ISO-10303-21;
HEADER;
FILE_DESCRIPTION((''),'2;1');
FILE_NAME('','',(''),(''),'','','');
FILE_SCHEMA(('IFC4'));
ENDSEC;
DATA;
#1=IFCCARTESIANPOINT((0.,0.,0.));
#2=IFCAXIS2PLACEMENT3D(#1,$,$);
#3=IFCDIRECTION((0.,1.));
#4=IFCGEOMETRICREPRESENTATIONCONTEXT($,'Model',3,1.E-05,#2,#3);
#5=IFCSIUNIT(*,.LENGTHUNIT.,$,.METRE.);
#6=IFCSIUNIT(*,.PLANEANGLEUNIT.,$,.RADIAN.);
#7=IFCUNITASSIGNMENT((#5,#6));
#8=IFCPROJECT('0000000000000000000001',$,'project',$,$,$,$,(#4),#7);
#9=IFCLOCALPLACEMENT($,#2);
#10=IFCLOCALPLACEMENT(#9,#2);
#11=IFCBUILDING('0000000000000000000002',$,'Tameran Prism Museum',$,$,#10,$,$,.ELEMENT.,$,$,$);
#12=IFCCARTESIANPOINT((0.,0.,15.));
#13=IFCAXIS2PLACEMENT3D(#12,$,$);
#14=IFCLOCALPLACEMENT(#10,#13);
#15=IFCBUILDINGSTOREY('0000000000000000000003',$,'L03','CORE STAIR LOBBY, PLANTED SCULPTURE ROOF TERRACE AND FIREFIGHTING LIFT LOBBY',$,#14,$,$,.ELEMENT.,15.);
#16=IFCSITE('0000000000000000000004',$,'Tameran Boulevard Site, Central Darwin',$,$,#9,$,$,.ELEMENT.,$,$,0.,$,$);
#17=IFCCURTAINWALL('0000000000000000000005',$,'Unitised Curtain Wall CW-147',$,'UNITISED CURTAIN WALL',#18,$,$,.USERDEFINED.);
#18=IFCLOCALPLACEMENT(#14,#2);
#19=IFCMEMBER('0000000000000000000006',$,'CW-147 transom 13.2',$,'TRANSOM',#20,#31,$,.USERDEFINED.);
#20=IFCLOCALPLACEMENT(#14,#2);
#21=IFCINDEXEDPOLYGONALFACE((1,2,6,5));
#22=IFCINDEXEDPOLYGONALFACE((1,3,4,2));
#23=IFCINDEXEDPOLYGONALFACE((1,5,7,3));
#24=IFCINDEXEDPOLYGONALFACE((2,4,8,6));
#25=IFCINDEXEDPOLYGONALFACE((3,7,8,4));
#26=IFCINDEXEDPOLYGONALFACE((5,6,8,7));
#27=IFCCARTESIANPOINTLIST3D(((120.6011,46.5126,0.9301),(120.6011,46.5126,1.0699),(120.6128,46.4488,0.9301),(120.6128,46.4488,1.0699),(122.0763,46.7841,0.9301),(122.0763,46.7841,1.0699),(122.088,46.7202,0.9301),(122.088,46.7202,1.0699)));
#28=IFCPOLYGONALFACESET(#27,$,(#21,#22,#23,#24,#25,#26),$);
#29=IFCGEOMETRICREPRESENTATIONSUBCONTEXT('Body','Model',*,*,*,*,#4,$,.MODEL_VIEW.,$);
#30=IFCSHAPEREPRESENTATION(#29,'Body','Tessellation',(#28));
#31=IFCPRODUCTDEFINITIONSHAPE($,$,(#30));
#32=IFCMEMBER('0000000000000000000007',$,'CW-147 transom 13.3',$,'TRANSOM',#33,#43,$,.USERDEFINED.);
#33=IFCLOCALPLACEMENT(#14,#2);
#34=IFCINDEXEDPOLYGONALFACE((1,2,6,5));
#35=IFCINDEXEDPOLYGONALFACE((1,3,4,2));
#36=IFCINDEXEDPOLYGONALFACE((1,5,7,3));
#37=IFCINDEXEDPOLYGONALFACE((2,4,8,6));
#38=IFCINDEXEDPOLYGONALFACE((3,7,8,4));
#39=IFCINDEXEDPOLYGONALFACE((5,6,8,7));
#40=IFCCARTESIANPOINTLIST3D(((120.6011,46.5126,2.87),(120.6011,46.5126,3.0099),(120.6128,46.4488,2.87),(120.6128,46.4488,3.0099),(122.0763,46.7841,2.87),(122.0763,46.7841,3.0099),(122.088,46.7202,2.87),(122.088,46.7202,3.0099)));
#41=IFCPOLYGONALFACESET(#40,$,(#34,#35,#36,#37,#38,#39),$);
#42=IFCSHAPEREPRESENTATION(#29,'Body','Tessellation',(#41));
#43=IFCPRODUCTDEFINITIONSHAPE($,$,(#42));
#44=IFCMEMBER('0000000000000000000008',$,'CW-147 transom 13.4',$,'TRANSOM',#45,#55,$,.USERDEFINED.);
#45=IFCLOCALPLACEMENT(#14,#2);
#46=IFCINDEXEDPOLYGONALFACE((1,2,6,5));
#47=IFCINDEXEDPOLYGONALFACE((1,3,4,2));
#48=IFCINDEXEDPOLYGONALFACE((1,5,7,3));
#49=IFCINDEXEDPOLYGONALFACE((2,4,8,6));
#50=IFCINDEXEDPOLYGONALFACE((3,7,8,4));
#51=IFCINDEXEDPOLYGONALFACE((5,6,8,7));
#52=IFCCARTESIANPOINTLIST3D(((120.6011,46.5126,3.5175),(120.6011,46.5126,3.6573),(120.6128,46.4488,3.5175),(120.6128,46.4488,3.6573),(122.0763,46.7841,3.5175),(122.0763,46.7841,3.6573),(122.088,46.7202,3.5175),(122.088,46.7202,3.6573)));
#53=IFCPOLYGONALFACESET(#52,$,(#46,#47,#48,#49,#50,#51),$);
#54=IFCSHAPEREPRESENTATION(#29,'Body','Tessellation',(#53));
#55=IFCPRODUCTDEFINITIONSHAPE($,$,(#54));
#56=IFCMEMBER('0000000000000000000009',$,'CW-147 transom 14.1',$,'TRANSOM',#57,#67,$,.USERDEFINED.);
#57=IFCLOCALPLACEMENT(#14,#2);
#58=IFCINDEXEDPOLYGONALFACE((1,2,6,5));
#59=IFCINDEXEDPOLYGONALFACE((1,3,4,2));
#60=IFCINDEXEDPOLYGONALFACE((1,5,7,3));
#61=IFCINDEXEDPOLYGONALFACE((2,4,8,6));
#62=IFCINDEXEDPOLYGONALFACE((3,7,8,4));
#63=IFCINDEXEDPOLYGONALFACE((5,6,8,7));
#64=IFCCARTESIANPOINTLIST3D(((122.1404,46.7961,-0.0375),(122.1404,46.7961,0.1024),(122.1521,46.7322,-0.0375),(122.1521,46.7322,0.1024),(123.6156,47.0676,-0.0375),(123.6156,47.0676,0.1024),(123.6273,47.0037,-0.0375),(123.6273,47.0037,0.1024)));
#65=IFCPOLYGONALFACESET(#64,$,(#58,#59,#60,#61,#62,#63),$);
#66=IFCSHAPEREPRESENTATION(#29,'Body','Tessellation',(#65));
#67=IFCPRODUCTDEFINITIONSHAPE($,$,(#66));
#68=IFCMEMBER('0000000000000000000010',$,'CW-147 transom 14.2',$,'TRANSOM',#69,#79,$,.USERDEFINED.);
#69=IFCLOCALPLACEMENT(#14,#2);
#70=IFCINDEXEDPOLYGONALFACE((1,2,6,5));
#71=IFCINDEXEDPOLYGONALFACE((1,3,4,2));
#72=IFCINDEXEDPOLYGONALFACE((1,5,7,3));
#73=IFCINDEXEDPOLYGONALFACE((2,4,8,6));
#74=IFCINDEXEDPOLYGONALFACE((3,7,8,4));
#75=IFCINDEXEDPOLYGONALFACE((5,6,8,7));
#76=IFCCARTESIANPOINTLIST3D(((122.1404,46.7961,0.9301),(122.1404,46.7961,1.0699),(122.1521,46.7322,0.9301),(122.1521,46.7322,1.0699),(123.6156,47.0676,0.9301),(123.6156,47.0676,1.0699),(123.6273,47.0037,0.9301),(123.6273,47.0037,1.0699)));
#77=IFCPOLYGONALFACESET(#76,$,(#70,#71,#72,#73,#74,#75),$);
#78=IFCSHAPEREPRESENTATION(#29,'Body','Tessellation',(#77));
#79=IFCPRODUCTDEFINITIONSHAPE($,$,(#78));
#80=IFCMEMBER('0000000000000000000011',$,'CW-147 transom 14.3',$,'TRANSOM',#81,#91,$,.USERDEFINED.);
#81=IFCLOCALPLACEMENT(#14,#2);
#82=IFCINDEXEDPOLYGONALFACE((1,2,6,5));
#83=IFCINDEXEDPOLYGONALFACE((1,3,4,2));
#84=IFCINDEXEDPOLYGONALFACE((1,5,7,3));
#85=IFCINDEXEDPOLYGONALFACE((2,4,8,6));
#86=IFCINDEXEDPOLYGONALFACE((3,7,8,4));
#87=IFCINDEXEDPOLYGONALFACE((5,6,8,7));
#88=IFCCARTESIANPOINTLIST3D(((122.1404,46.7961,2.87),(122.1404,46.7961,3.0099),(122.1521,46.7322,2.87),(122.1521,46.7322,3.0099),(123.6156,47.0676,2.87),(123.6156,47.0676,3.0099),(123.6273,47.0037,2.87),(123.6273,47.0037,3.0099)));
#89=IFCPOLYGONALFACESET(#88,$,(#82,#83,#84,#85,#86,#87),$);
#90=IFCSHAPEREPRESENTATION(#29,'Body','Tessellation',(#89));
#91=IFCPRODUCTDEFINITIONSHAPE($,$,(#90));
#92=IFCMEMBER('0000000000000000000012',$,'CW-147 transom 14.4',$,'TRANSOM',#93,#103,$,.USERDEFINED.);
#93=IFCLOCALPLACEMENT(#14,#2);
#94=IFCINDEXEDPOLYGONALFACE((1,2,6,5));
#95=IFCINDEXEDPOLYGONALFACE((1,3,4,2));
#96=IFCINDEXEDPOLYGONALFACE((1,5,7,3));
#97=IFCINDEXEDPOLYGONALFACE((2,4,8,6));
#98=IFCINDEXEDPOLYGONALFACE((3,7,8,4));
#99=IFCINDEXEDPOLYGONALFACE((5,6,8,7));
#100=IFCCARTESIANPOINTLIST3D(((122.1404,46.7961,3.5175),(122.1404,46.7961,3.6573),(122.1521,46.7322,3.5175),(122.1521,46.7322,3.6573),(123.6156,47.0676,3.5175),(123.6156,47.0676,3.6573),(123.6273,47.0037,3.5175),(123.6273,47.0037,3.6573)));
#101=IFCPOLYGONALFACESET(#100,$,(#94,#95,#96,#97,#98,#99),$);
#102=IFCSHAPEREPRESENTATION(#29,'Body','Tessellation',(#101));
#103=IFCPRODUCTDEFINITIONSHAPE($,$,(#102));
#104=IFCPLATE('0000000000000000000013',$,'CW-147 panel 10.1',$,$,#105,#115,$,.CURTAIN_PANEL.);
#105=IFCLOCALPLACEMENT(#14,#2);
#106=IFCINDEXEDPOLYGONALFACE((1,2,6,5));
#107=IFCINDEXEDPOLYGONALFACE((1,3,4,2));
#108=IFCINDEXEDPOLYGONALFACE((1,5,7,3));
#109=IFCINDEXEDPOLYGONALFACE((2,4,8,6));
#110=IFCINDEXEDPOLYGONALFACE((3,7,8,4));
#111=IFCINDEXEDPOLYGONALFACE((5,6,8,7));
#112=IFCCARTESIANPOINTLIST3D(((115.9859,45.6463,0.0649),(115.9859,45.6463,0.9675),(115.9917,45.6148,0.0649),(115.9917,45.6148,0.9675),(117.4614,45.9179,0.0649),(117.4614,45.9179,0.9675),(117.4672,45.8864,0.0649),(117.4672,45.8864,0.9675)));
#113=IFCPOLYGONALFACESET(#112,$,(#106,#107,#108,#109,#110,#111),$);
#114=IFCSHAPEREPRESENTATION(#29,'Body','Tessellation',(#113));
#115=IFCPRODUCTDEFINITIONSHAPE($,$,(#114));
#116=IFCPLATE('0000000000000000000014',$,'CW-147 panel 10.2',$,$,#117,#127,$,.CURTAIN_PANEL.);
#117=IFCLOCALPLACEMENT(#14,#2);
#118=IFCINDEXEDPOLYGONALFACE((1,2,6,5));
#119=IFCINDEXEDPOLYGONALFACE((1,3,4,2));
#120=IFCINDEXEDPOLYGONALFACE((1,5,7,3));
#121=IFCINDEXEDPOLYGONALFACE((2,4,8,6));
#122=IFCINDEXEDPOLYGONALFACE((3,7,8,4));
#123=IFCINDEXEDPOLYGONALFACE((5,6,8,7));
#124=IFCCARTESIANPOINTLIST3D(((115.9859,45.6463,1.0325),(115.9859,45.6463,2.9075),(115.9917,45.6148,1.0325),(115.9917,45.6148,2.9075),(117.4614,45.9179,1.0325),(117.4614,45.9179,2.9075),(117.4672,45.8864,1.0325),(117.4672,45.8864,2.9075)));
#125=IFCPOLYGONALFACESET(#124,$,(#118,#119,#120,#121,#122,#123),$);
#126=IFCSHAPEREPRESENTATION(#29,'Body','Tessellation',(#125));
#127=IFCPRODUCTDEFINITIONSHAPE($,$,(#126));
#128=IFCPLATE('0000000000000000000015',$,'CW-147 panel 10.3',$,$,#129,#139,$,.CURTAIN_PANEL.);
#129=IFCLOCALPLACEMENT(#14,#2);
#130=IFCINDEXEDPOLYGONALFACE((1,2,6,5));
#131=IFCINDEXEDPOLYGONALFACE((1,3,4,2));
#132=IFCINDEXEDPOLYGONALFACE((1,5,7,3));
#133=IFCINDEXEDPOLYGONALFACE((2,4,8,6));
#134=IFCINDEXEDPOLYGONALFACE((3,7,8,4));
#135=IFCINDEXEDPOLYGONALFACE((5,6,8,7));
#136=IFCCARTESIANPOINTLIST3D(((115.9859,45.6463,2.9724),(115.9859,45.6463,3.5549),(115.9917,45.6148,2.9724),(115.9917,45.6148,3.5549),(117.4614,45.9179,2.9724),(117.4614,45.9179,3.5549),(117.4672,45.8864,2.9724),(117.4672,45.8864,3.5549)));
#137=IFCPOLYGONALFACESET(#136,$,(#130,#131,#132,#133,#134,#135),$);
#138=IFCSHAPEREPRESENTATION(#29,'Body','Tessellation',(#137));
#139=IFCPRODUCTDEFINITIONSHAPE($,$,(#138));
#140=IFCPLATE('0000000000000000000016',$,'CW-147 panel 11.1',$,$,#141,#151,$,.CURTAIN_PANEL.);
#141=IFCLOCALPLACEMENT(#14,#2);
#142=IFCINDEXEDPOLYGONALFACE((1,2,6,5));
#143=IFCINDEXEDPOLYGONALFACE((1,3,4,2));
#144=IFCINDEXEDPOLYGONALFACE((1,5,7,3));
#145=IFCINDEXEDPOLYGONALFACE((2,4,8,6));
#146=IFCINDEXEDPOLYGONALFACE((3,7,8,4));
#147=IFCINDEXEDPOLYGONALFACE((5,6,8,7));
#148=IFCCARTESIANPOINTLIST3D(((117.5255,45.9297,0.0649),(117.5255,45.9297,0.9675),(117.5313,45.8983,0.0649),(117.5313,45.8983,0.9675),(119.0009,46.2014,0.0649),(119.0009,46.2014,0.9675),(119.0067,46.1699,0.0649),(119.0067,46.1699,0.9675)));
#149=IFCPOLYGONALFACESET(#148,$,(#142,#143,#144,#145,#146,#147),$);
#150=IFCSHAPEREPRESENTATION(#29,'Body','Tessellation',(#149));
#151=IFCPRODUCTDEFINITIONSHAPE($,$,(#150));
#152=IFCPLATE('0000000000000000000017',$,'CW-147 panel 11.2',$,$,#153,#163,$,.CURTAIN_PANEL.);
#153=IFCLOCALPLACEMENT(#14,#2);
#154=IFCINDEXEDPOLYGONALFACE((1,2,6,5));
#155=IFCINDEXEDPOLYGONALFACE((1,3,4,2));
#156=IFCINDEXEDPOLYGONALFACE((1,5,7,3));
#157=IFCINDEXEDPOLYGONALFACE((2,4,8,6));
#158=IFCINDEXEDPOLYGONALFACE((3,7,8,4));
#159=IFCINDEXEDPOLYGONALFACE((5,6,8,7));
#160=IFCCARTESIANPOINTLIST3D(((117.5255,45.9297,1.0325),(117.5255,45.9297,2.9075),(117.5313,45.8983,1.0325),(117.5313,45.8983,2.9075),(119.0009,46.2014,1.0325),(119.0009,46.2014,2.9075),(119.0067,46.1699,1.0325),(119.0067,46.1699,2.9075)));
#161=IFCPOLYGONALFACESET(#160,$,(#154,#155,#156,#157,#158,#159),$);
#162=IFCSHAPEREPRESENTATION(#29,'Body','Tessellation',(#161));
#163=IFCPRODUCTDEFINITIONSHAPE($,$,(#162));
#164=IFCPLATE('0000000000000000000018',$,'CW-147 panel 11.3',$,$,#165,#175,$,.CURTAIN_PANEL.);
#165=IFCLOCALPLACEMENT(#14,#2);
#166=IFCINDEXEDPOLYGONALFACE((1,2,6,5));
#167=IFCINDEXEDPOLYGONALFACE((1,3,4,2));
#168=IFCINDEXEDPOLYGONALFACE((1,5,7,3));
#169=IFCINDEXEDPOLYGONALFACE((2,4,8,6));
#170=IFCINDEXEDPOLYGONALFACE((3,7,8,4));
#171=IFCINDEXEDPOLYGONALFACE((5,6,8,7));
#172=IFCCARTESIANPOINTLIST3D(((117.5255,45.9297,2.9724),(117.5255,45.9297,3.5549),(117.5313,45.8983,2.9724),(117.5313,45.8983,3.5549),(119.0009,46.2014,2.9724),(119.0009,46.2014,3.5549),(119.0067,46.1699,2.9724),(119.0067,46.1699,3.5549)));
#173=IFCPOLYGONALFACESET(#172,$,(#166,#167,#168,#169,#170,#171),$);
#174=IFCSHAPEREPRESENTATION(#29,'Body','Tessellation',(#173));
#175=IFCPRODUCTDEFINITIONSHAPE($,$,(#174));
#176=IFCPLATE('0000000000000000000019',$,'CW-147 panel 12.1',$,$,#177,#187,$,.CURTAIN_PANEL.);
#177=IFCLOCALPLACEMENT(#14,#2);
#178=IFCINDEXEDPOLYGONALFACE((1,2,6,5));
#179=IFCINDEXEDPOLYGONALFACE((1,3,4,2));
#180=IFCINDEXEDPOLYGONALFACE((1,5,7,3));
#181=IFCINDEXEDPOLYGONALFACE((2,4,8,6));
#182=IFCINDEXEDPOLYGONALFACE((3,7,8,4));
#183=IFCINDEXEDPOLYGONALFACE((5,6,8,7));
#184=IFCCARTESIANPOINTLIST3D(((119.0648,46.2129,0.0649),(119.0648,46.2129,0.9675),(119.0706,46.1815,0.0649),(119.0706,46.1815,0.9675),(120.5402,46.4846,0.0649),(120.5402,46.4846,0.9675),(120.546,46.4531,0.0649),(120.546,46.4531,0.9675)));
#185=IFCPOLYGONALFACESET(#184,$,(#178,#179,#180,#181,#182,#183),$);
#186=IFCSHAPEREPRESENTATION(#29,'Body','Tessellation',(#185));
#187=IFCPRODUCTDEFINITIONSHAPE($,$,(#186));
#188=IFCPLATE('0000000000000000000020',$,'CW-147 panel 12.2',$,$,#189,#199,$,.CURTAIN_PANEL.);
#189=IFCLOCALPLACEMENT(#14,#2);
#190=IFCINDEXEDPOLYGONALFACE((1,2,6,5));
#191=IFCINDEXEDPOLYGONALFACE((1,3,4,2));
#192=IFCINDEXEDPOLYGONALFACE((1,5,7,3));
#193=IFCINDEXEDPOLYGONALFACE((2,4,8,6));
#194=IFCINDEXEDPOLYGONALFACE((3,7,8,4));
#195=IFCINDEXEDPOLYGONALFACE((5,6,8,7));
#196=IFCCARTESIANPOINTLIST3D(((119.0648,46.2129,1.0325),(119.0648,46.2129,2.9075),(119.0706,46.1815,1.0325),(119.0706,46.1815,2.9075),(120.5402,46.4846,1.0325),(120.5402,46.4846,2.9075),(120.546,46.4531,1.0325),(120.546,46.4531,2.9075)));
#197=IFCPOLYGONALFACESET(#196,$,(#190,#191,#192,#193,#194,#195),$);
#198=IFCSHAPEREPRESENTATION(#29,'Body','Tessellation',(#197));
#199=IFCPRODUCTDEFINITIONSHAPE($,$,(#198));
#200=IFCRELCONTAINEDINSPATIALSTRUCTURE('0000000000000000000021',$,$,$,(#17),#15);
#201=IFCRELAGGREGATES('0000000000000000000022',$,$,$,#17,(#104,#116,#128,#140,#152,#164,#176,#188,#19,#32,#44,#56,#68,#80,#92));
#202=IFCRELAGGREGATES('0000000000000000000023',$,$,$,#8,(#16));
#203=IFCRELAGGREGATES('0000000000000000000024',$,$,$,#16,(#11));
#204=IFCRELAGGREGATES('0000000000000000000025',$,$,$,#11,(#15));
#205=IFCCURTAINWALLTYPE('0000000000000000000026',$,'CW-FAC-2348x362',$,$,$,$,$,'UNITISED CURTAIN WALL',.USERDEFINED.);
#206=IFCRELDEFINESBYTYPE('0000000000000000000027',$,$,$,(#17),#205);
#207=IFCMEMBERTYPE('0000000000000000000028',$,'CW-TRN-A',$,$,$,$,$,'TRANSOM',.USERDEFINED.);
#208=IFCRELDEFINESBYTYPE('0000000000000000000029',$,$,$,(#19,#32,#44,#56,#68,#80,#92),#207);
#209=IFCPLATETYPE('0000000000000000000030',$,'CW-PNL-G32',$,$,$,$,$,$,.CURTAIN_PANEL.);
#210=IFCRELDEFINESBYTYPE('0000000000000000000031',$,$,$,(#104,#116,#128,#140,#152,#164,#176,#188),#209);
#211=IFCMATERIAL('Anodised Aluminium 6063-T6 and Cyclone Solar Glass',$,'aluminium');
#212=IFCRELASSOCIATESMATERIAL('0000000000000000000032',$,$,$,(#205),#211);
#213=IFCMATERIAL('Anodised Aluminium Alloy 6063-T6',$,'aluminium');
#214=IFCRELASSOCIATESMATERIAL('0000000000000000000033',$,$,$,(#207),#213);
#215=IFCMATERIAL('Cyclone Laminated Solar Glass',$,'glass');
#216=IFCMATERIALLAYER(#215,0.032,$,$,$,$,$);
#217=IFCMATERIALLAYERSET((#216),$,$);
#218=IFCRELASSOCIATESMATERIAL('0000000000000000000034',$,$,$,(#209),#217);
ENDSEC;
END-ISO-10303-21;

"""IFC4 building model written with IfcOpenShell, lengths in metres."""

from ifc_helpers import new_model, si_unit, direction, frame, origin, origin_2d, place, context, subcontext, project, spatial, rectangle, extrude, material, layer, layer_set, material_profile, profile_set, type_object, element, aggregate, save


model = new_model("IFC4")

# Units and contexts
model_context = context("Model", 3, precision=1e-05, world=origin(), true_north=direction((0.0, 1.0)))
body_context = subcontext(model_context, "Body", "Model", "MODEL_VIEW")
ifc_project = project(units=[si_unit("LENGTHUNIT", "METRE"), si_unit("PLANEANGLEUNIT", "RADIAN")], contexts=[model_context])

# Site, building, storey
site_placement = place(None, origin())
site = spatial("IfcSite", under=ifc_project, at=site_placement, Name="Tameran Boulevard Site, Central Darwin", CompositionType="ELEMENT", RefElevation=0.0)
building_placement = place(site_placement, origin())
building = spatial("IfcBuilding", under=site, at=building_placement, Name="Tameran Prism Museum", CompositionType="ELEMENT")
storey_placement = place(building_placement, frame((0.0, 0.0, 15.0)))
storey = spatial("IfcBuildingStorey", under=building, at=storey_placement, Name="L03", Description="CORE STAIR LOBBY, PLANTED SCULPTURE ROOF TERRACE AND FIREFIGHTING LIFT LOBBY", CompositionType="ELEMENT", Elevation=15.0)

# Curtain wall, members, plates
ifc_material_1 = material(Name="Anodised Aluminium 6063-T6 and Cyclone Solar Glass", Category="aluminium")
curtain_wall_type = type_object("IfcCurtainWallType", Name="CW-FAC-2348x362", ElementType="UNITISED CURTAIN WALL", PredefinedType="USERDEFINED", material=ifc_material_1)
curtain_wall_placement = place(storey_placement, origin())
curtain_wall = element("IfcCurtainWall", 1, at=curtain_wall_placement, inside=storey, type_object=curtain_wall_type, Name="Unitised Curtain Wall CW-147", ObjectType="UNITISED CURTAIN WALL", PredefinedType="USERDEFINED")
ifc_material_2 = material(Name="Anodised Aluminium Alloy 6063-T6", Category="aluminium")
ifc_material_profile_1 = material_profile(ifc_material_2, rectangle(XDim=0.0649, YDim=0.1399, at=origin_2d()))
ifc_profile_set_1 = profile_set([ifc_material_profile_1])
member_type_1 = type_object("IfcMemberType", Name="CW-TRN-A", ElementType="TRANSOM", PredefinedType="USERDEFINED", material=ifc_profile_set_1)
member_1_placement = place(storey_placement, frame((120.6069, 46.4807, 1.0), z_axis=(0.983488, 0.180976, 0.0), x_axis=(-0.180976, 0.983488, 0.0)))
member_1 = element("IfcMember", 2, at=member_1_placement, type_object=member_type_1, Name="CW-147 transom 13.2", ObjectType="TRANSOM", PredefinedType="USERDEFINED", context=body_context, shape_type="SweptSolid", body=[
    extrude(rectangle(XDim=0.0649, YDim=0.1399, at=origin_2d()), origin(), (0.0, 0.0, 1.0), 1.5),
])
member_2_placement = place(storey_placement, frame((120.6069, 46.4807, 2.9399), z_axis=(0.983488, 0.180976, 0.0), x_axis=(-0.180976, 0.983488, 0.0)))
member_2 = element("IfcMember", 3, at=member_2_placement, type_object=member_type_1, Name="CW-147 transom 13.3", ObjectType="TRANSOM", PredefinedType="USERDEFINED", context=body_context, shape_type="SweptSolid", body=[
    extrude(rectangle(XDim=0.0649, YDim=0.1399, at=origin_2d()), origin(), (0.0, 0.0, 1.0), 1.5),
])
member_3_placement = place(storey_placement, frame((120.6069, 46.4807, 3.5874), z_axis=(0.983488, 0.180976, 0.0), x_axis=(-0.180976, 0.983488, 0.0)))
member_3 = element("IfcMember", 4, at=member_3_placement, type_object=member_type_1, Name="CW-147 transom 13.4", ObjectType="TRANSOM", PredefinedType="USERDEFINED", context=body_context, shape_type="SweptSolid", body=[
    extrude(rectangle(XDim=0.0649, YDim=0.1399, at=origin_2d()), origin(), (0.0, 0.0, 1.0), 1.5),
])
member_4_placement = place(storey_placement, frame((122.1462, 46.7642, 0.0325), z_axis=(0.983488, 0.180976, 0.0), x_axis=(-0.180976, 0.983488, 0.0)))
member_4 = element("IfcMember", 5, at=member_4_placement, type_object=member_type_1, Name="CW-147 transom 14.1", ObjectType="TRANSOM", PredefinedType="USERDEFINED", context=body_context, shape_type="SweptSolid", body=[
    extrude(rectangle(XDim=0.0649, YDim=0.1399, at=origin_2d()), origin(), (0.0, 0.0, 1.0), 1.5),
])
member_5_placement = place(storey_placement, frame((122.1462, 46.7642, 1.0), z_axis=(0.983488, 0.180976, 0.0), x_axis=(-0.180976, 0.983488, 0.0)))
member_5 = element("IfcMember", 6, at=member_5_placement, type_object=member_type_1, Name="CW-147 transom 14.2", ObjectType="TRANSOM", PredefinedType="USERDEFINED", context=body_context, shape_type="SweptSolid", body=[
    extrude(rectangle(XDim=0.0649, YDim=0.1399, at=origin_2d()), origin(), (0.0, 0.0, 1.0), 1.5),
])
member_6_placement = place(storey_placement, frame((122.1462, 46.7642, 2.9399), z_axis=(0.983488, 0.180976, 0.0), x_axis=(-0.180976, 0.983488, 0.0)))
member_6 = element("IfcMember", 7, at=member_6_placement, type_object=member_type_1, Name="CW-147 transom 14.3", ObjectType="TRANSOM", PredefinedType="USERDEFINED", context=body_context, shape_type="SweptSolid", body=[
    extrude(rectangle(XDim=0.0649, YDim=0.1399, at=origin_2d()), origin(), (0.0, 0.0, 1.0), 1.5),
])
member_7_placement = place(storey_placement, frame((122.1462, 46.7642, 3.5874), z_axis=(0.983488, 0.180976, 0.0), x_axis=(-0.180976, 0.983488, 0.0)))
member_7 = element("IfcMember", 8, at=member_7_placement, type_object=member_type_1, Name="CW-147 transom 14.4", ObjectType="TRANSOM", PredefinedType="USERDEFINED", context=body_context, shape_type="SweptSolid", body=[
    extrude(rectangle(XDim=0.0649, YDim=0.1399, at=origin_2d()), origin(), (0.0, 0.0, 1.0), 1.5),
])
ifc_material_3 = material(Name="Cyclone Laminated Solar Glass", Category="glass")
ifc_layer = layer(ifc_material_3, 0.032)
ifc_layer_set = layer_set([ifc_layer])
plate_type = type_object("IfcPlateType", Name="CW-PNL-G32", PredefinedType="CURTAIN_PANEL", material=ifc_layer_set)
plate_1_placement = place(storey_placement, frame((116.7266, 45.7664, 0.0649), z_axis=(0.0, 0.0, 1.0), x_axis=(0.983472, 0.181063, 0.0)))
plate_1 = element("IfcPlate", 9, at=plate_1_placement, type_object=plate_type, Name="CW-147 panel 10.1", PredefinedType="CURTAIN_PANEL", context=body_context, shape_type="SweptSolid", body=[
    extrude(rectangle(XDim=1.5002, YDim=0.032, at=origin_2d()), origin(), (0.0, 0.0, 1.0), 0.9026),
])
plate_2_placement = place(storey_placement, frame((116.7266, 45.7664, 1.0325), z_axis=(0.0, 0.0, 1.0), x_axis=(0.983472, 0.181063, 0.0)))
plate_2 = element("IfcPlate", 10, at=plate_2_placement, type_object=plate_type, Name="CW-147 panel 10.2", PredefinedType="CURTAIN_PANEL", context=body_context, shape_type="SweptSolid", body=[
    extrude(rectangle(XDim=1.5002, YDim=0.032, at=origin_2d()), origin(), (0.0, 0.0, 1.0), 1.875),
])
plate_3_placement = place(storey_placement, frame((116.7266, 45.7664, 2.9724), z_axis=(0.0, 0.0, 1.0), x_axis=(0.983472, 0.181063, 0.0)))
plate_3 = element("IfcPlate", 11, at=plate_3_placement, type_object=plate_type, Name="CW-147 panel 10.3", PredefinedType="CURTAIN_PANEL", context=body_context, shape_type="SweptSolid", body=[
    extrude(rectangle(XDim=1.5002, YDim=0.032, at=origin_2d()), origin(), (0.0, 0.0, 1.0), 0.5825),
])
plate_4_placement = place(storey_placement, frame((118.2661, 46.0498, 0.0649), z_axis=(0.0, 0.0, 1.0), x_axis=(0.983472, 0.181063, 0.0)))
plate_4 = element("IfcPlate", 12, at=plate_4_placement, type_object=plate_type, Name="CW-147 panel 11.1", PredefinedType="CURTAIN_PANEL", context=body_context, shape_type="SweptSolid", body=[
    extrude(rectangle(XDim=1.5002, YDim=0.032, at=origin_2d()), origin(), (0.0, 0.0, 1.0), 0.9026),
])
plate_5_placement = place(storey_placement, frame((118.2661, 46.0498, 1.0325), z_axis=(0.0, 0.0, 1.0), x_axis=(0.983472, 0.181063, 0.0)))
plate_5 = element("IfcPlate", 13, at=plate_5_placement, type_object=plate_type, Name="CW-147 panel 11.2", PredefinedType="CURTAIN_PANEL", context=body_context, shape_type="SweptSolid", body=[
    extrude(rectangle(XDim=1.5002, YDim=0.032, at=origin_2d()), origin(), (0.0, 0.0, 1.0), 1.875),
])
plate_6_placement = place(storey_placement, frame((118.2661, 46.0498, 2.9724), z_axis=(0.0, 0.0, 1.0), x_axis=(0.983472, 0.181063, 0.0)))
plate_6 = element("IfcPlate", 14, at=plate_6_placement, type_object=plate_type, Name="CW-147 panel 11.3", PredefinedType="CURTAIN_PANEL", context=body_context, shape_type="SweptSolid", body=[
    extrude(rectangle(XDim=1.5002, YDim=0.032, at=origin_2d()), origin(), (0.0, 0.0, 1.0), 0.5825),
])
plate_7_placement = place(storey_placement, frame((119.8054, 46.333, 0.0649), z_axis=(0.0, 0.0, 1.0), x_axis=(0.983472, 0.181063, 0.0)))
plate_7 = element("IfcPlate", 15, at=plate_7_placement, type_object=plate_type, Name="CW-147 panel 12.1", PredefinedType="CURTAIN_PANEL", context=body_context, shape_type="SweptSolid", body=[
    extrude(rectangle(XDim=1.5002, YDim=0.032, at=origin_2d()), origin(), (0.0, 0.0, 1.0), 0.9026),
])
plate_8_placement = place(storey_placement, frame((119.8054, 46.333, 1.0325), z_axis=(0.0, 0.0, 1.0), x_axis=(0.983472, 0.181063, 0.0)))
plate_8 = element("IfcPlate", 16, at=plate_8_placement, type_object=plate_type, Name="CW-147 panel 12.2", PredefinedType="CURTAIN_PANEL", context=body_context, shape_type="SweptSolid", body=[
    extrude(rectangle(XDim=1.5002, YDim=0.032, at=origin_2d()), origin(), (0.0, 0.0, 1.0), 1.875),
])
aggregate(curtain_wall, [plate_1, plate_2, plate_3, plate_4, plate_5, plate_6, plate_7, plate_8, member_1, member_2, member_3, member_4, member_5, member_6, member_7])

save(model, "model.ifc")
